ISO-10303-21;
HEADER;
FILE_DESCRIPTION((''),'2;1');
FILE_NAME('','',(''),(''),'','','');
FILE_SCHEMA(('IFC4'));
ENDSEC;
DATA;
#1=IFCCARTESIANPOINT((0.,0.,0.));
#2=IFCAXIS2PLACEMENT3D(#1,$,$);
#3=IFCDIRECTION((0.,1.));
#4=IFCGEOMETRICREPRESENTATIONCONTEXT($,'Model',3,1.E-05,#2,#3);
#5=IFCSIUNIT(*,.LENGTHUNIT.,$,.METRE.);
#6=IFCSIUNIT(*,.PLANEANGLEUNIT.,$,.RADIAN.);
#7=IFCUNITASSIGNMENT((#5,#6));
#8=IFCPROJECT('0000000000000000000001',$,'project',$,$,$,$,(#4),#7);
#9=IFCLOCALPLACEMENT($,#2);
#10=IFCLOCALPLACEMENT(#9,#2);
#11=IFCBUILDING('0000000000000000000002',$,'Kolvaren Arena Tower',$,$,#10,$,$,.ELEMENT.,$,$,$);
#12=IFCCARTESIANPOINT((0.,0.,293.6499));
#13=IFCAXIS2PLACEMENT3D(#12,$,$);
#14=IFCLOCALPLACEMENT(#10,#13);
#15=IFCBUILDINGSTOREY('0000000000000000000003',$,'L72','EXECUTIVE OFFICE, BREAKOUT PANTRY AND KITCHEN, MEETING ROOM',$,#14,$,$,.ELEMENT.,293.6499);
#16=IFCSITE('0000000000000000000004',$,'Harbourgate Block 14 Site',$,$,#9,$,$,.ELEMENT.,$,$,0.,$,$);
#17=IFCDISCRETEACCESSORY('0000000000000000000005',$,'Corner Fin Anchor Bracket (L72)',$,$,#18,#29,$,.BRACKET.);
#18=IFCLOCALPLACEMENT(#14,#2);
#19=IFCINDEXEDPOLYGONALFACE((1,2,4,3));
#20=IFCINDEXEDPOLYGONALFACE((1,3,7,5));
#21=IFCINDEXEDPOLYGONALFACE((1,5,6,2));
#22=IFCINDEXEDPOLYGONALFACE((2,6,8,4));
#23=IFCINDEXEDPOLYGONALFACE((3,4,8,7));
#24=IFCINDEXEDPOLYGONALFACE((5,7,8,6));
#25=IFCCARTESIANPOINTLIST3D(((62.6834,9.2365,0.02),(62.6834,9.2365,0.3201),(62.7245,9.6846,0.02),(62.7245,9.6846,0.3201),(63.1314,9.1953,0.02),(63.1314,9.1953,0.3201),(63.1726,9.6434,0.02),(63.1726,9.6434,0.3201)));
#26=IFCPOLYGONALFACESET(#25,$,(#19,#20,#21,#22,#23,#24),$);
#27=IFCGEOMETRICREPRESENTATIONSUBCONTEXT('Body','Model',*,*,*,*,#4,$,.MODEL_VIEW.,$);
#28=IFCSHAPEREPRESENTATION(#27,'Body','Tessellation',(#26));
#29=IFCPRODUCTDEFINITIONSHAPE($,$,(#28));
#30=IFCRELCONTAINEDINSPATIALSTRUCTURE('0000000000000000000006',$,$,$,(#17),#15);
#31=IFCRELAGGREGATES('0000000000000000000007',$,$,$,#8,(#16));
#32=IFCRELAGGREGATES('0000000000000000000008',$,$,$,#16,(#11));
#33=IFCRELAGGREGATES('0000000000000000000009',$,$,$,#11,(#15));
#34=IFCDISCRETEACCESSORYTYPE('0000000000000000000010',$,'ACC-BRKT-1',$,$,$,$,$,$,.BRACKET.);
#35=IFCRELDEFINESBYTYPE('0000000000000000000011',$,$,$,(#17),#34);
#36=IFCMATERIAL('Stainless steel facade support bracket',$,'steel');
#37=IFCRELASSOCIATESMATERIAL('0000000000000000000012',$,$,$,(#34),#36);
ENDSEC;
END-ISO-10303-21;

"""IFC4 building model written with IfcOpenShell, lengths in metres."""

from ifc_helpers import new_model, si_unit, direction, frame, origin, origin_2d, place, context, subcontext, project, spatial, rectangle, extrude, material, type_object, element, save


model = new_model("IFC4")

# Units and contexts
model_context = context("Model", 3, precision=1e-05, world=origin(), true_north=direction((0.0, 1.0)))
body_context = subcontext(model_context, "Body", "Model", "MODEL_VIEW")
ifc_project = project(units=[si_unit("LENGTHUNIT", "METRE"), si_unit("PLANEANGLEUNIT", "RADIAN")], contexts=[model_context])

# Site, building, storey
site_placement = place(None, origin())
site = spatial("IfcSite", under=ifc_project, at=site_placement, Name="Harbourgate Block 14 Site", CompositionType="ELEMENT", RefElevation=0.0)
building_placement = place(site_placement, origin())
building = spatial("IfcBuilding", under=site, at=building_placement, Name="Kolvaren Arena Tower", CompositionType="ELEMENT")
storey_placement = place(building_placement, frame((0.0, 0.0, 293.6499)))
storey = spatial("IfcBuildingStorey", under=building, at=storey_placement, Name="L72", Description="EXECUTIVE OFFICE, BREAKOUT PANTRY AND KITCHEN, MEETING ROOM", CompositionType="ELEMENT", Elevation=293.6499)

# Discrete accessory
ifc_material_1 = material(Name="Stainless steel facade support bracket", Category="steel")
discrete_accessory_type = type_object("IfcDiscreteAccessoryType", Name="ACC-BRKT-1", PredefinedType="BRACKET", material=ifc_material_1)
for number, where, z_axis, x_axis, name in (
    (1, (62.928, 9.4399, 0.02), (0.0, 0.0, 1.0), (0.995808, -0.091469, 0.0), "Corner Fin Anchor Bracket (L72)"),
):
    element("IfcDiscreteAccessory", number, at=place(storey_placement, frame(where, z_axis=z_axis, x_axis=x_axis)), inside=storey, type_object=discrete_accessory_type, Name=name, PredefinedType="BRACKET", context=body_context, shape_type="SweptSolid", body=[
        extrude(rectangle(XDim=0.45, YDim=0.45, at=origin_2d()), origin(), (0.0, 0.0, 1.0), 0.3),
    ])

save(model, "model.ifc")
